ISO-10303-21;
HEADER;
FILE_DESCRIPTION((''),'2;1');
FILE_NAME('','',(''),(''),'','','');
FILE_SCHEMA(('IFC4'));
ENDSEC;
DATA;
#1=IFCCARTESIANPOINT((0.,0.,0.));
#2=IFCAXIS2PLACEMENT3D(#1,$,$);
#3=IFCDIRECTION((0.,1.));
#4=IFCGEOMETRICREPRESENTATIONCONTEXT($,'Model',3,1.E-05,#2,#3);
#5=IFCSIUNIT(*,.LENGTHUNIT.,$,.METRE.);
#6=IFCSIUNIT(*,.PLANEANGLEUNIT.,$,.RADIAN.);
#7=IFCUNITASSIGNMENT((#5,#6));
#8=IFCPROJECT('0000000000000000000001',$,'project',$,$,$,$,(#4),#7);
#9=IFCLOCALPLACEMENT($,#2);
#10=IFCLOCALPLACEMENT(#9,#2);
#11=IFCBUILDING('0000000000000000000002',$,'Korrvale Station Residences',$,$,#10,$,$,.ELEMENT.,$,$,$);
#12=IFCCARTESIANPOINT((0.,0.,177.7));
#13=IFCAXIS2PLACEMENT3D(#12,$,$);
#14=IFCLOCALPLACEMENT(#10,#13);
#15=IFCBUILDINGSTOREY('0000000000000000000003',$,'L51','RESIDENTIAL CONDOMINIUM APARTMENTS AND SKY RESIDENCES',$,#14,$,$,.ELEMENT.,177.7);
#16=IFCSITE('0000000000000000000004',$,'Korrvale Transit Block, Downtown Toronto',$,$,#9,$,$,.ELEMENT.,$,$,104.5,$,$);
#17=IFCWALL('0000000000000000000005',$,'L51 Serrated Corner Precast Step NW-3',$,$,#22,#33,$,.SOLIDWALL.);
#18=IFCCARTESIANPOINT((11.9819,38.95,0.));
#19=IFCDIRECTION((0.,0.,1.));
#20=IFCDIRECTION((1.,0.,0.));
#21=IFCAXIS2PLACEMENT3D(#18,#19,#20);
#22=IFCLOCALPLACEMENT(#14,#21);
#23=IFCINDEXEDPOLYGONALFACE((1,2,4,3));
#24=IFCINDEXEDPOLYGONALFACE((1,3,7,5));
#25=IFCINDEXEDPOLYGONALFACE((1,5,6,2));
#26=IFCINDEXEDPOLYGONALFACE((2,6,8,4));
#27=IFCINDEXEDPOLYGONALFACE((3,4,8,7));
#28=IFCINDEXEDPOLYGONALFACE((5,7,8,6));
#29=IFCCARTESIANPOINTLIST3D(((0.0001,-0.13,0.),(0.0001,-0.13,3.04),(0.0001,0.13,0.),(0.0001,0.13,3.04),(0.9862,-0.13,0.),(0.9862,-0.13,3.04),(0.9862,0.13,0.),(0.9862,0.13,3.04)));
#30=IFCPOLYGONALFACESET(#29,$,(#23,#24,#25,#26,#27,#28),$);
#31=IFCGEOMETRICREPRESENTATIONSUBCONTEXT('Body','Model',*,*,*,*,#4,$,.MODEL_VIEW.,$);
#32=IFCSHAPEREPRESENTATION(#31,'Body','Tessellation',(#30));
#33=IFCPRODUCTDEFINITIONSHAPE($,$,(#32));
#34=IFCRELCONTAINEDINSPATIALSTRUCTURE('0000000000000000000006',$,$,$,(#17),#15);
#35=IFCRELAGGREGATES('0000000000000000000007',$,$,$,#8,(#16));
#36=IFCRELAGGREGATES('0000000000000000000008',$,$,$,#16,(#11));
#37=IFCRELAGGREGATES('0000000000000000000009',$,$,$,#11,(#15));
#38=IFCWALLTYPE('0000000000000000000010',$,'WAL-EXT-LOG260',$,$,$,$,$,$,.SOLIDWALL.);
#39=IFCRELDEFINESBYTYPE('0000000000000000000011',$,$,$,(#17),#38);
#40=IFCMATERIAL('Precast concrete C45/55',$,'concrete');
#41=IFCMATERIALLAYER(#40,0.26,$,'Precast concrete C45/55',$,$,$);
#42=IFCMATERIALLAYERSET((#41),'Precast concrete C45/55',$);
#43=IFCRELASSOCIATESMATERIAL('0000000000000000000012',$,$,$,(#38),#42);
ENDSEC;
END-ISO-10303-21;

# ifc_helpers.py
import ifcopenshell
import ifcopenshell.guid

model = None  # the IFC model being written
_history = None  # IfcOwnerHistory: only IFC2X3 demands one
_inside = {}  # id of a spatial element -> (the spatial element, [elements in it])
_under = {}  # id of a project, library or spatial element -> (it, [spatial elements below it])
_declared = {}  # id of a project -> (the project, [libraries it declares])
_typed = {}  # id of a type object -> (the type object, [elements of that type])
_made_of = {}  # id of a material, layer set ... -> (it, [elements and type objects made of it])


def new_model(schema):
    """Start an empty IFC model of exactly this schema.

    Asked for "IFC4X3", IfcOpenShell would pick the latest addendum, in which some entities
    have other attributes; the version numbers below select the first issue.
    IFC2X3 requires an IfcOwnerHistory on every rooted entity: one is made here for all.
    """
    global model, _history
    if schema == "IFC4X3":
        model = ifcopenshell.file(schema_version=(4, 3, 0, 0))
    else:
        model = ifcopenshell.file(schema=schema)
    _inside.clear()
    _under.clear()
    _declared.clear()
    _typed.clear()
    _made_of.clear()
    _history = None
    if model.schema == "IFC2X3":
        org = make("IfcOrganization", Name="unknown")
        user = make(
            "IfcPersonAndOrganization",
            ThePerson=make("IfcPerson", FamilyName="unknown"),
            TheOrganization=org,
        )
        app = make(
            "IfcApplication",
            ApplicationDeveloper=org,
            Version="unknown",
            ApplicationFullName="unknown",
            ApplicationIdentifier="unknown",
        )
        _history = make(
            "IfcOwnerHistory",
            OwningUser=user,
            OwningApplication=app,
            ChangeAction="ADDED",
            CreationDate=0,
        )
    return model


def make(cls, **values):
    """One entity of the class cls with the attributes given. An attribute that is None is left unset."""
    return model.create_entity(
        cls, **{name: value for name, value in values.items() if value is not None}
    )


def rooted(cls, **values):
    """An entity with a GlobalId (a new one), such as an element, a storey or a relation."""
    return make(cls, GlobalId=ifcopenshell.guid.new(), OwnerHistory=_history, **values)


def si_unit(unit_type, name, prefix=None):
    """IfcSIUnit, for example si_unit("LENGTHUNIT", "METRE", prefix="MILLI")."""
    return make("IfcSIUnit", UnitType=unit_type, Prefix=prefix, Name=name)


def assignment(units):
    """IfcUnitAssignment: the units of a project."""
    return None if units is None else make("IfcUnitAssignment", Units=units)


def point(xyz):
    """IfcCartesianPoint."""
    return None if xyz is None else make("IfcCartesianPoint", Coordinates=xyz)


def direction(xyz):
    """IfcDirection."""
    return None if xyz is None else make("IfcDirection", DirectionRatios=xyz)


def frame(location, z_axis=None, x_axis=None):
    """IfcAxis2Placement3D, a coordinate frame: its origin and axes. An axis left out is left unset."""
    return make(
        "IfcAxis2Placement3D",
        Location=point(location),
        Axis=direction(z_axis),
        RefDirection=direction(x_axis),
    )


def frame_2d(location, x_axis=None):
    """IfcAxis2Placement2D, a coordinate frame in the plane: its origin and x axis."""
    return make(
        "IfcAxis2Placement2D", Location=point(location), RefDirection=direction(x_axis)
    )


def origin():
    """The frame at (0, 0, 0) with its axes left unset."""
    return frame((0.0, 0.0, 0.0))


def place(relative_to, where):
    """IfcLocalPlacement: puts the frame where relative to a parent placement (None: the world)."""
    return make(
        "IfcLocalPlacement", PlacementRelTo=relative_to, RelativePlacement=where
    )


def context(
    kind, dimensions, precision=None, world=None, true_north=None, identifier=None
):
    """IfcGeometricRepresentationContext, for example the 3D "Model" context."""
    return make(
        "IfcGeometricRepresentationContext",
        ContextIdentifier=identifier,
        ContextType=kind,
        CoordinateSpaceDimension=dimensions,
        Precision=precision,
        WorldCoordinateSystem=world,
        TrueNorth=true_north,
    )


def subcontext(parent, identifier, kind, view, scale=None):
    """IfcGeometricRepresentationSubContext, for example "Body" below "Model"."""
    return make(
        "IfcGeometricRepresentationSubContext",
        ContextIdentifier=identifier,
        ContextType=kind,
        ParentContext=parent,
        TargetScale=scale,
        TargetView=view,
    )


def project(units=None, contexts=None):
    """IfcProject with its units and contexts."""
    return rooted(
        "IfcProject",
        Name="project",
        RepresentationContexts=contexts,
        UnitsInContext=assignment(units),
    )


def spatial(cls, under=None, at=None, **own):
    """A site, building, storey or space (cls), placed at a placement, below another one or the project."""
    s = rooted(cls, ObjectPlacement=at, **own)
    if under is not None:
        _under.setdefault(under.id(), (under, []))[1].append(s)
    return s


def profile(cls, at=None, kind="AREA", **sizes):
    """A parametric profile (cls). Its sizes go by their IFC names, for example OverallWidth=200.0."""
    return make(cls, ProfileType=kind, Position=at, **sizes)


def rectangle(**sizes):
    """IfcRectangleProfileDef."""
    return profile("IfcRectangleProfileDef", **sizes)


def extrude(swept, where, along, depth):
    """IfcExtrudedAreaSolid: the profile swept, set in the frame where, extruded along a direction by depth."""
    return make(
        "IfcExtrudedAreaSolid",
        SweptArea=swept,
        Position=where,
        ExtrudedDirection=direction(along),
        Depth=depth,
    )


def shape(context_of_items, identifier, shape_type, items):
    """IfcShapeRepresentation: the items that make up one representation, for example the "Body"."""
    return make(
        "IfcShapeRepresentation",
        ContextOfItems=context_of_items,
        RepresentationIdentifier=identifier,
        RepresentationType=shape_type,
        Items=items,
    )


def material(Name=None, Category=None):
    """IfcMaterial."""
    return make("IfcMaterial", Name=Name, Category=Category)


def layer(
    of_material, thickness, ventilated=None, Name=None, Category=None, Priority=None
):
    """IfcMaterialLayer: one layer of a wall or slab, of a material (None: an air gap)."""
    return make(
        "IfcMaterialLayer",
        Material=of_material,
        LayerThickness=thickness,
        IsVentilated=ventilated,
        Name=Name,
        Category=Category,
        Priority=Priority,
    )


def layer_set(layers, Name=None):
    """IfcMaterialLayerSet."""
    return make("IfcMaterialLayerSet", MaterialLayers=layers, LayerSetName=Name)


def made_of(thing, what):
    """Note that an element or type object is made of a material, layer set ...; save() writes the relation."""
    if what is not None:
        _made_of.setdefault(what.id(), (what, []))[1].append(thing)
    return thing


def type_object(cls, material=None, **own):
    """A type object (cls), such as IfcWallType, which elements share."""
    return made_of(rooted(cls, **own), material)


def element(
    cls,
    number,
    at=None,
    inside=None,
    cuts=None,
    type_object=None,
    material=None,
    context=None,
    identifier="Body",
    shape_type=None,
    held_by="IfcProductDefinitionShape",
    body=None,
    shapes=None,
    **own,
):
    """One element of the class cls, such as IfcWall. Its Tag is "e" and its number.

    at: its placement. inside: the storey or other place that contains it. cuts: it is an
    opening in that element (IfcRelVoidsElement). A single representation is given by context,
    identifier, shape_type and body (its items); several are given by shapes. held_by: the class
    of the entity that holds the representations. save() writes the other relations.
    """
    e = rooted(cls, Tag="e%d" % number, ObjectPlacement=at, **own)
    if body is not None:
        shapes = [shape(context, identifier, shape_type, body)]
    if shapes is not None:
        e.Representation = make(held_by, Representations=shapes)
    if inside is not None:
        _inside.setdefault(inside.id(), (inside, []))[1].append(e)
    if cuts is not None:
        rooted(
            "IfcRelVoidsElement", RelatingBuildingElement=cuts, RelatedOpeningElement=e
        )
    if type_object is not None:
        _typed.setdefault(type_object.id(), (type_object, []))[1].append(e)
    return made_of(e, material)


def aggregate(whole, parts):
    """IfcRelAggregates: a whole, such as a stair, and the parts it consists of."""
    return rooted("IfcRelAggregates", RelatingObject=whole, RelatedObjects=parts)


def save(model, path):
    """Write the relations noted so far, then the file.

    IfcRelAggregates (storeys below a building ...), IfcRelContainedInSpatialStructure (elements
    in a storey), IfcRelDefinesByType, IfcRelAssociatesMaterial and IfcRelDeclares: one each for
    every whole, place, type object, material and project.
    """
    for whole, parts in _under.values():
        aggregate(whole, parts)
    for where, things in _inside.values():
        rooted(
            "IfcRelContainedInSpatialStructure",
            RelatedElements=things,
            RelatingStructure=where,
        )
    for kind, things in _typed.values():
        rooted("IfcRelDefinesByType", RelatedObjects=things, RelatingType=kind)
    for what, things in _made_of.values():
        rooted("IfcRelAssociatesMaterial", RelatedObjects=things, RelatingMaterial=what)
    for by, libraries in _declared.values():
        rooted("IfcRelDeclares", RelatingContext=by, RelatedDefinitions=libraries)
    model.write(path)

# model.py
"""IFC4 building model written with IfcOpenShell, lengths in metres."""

from ifc_helpers import new_model, si_unit, direction, frame, frame_2d, origin, place, context, subcontext, project, spatial, rectangle, extrude, material, layer, layer_set, type_object, element, save


model = new_model("IFC4")

# Units and contexts
model_context = context("Model", 3, precision=1e-05, world=origin(), true_north=direction((0.0, 1.0)))
body_context = subcontext(model_context, "Body", "Model", "MODEL_VIEW")
ifc_project = project(units=[si_unit("LENGTHUNIT", "METRE"), si_unit("PLANEANGLEUNIT", "RADIAN")], contexts=[model_context])

# Site, building, storey
site_placement = place(None, origin())
site = spatial("IfcSite", under=ifc_project, at=site_placement, Name="Korrvale Transit Block, Downtown Toronto", CompositionType="ELEMENT", RefElevation=104.5)
building_placement = place(site_placement, origin())
building = spatial("IfcBuilding", under=site, at=building_placement, Name="Korrvale Station Residences", CompositionType="ELEMENT")
storey_placement = place(building_placement, frame((0.0, 0.0, 177.7)))
storey = spatial("IfcBuildingStorey", under=building, at=storey_placement, Name="L51", Description="RESIDENTIAL CONDOMINIUM APARTMENTS AND SKY RESIDENCES", CompositionType="ELEMENT", Elevation=177.7)

# Wall
ifc_material_1 = material(Name="Precast concrete C45/55", Category="concrete")
ifc_layer_1 = layer(ifc_material_1, 0.26, Name="Precast concrete C45/55")
ifc_layer_set_1 = layer_set([ifc_layer_1], Name="Precast concrete C45/55")
wall_type_1 = type_object("IfcWallType", Name="WAL-EXT-LOG260", PredefinedType="SOLIDWALL", material=ifc_layer_set_1)
wall_1_placement = place(storey_placement, frame((11.9819, 38.95, 0.0), z_axis=(0.0, 0.0, 1.0), x_axis=(1.0, 0.0, 0.0)))
element("IfcWall", 1, at=wall_1_placement, inside=storey, type_object=wall_type_1, Name="L51 Serrated Corner Precast Step NW-3", PredefinedType="SOLIDWALL", context=body_context, shape_type="SweptSolid", body=[
    extrude(rectangle(XDim=0.9861, YDim=0.26, at=frame_2d((0.4932, 0.0))), origin(), (0.0, 0.0, 1.0), 3.04),
])

save(model, "model.ifc")
